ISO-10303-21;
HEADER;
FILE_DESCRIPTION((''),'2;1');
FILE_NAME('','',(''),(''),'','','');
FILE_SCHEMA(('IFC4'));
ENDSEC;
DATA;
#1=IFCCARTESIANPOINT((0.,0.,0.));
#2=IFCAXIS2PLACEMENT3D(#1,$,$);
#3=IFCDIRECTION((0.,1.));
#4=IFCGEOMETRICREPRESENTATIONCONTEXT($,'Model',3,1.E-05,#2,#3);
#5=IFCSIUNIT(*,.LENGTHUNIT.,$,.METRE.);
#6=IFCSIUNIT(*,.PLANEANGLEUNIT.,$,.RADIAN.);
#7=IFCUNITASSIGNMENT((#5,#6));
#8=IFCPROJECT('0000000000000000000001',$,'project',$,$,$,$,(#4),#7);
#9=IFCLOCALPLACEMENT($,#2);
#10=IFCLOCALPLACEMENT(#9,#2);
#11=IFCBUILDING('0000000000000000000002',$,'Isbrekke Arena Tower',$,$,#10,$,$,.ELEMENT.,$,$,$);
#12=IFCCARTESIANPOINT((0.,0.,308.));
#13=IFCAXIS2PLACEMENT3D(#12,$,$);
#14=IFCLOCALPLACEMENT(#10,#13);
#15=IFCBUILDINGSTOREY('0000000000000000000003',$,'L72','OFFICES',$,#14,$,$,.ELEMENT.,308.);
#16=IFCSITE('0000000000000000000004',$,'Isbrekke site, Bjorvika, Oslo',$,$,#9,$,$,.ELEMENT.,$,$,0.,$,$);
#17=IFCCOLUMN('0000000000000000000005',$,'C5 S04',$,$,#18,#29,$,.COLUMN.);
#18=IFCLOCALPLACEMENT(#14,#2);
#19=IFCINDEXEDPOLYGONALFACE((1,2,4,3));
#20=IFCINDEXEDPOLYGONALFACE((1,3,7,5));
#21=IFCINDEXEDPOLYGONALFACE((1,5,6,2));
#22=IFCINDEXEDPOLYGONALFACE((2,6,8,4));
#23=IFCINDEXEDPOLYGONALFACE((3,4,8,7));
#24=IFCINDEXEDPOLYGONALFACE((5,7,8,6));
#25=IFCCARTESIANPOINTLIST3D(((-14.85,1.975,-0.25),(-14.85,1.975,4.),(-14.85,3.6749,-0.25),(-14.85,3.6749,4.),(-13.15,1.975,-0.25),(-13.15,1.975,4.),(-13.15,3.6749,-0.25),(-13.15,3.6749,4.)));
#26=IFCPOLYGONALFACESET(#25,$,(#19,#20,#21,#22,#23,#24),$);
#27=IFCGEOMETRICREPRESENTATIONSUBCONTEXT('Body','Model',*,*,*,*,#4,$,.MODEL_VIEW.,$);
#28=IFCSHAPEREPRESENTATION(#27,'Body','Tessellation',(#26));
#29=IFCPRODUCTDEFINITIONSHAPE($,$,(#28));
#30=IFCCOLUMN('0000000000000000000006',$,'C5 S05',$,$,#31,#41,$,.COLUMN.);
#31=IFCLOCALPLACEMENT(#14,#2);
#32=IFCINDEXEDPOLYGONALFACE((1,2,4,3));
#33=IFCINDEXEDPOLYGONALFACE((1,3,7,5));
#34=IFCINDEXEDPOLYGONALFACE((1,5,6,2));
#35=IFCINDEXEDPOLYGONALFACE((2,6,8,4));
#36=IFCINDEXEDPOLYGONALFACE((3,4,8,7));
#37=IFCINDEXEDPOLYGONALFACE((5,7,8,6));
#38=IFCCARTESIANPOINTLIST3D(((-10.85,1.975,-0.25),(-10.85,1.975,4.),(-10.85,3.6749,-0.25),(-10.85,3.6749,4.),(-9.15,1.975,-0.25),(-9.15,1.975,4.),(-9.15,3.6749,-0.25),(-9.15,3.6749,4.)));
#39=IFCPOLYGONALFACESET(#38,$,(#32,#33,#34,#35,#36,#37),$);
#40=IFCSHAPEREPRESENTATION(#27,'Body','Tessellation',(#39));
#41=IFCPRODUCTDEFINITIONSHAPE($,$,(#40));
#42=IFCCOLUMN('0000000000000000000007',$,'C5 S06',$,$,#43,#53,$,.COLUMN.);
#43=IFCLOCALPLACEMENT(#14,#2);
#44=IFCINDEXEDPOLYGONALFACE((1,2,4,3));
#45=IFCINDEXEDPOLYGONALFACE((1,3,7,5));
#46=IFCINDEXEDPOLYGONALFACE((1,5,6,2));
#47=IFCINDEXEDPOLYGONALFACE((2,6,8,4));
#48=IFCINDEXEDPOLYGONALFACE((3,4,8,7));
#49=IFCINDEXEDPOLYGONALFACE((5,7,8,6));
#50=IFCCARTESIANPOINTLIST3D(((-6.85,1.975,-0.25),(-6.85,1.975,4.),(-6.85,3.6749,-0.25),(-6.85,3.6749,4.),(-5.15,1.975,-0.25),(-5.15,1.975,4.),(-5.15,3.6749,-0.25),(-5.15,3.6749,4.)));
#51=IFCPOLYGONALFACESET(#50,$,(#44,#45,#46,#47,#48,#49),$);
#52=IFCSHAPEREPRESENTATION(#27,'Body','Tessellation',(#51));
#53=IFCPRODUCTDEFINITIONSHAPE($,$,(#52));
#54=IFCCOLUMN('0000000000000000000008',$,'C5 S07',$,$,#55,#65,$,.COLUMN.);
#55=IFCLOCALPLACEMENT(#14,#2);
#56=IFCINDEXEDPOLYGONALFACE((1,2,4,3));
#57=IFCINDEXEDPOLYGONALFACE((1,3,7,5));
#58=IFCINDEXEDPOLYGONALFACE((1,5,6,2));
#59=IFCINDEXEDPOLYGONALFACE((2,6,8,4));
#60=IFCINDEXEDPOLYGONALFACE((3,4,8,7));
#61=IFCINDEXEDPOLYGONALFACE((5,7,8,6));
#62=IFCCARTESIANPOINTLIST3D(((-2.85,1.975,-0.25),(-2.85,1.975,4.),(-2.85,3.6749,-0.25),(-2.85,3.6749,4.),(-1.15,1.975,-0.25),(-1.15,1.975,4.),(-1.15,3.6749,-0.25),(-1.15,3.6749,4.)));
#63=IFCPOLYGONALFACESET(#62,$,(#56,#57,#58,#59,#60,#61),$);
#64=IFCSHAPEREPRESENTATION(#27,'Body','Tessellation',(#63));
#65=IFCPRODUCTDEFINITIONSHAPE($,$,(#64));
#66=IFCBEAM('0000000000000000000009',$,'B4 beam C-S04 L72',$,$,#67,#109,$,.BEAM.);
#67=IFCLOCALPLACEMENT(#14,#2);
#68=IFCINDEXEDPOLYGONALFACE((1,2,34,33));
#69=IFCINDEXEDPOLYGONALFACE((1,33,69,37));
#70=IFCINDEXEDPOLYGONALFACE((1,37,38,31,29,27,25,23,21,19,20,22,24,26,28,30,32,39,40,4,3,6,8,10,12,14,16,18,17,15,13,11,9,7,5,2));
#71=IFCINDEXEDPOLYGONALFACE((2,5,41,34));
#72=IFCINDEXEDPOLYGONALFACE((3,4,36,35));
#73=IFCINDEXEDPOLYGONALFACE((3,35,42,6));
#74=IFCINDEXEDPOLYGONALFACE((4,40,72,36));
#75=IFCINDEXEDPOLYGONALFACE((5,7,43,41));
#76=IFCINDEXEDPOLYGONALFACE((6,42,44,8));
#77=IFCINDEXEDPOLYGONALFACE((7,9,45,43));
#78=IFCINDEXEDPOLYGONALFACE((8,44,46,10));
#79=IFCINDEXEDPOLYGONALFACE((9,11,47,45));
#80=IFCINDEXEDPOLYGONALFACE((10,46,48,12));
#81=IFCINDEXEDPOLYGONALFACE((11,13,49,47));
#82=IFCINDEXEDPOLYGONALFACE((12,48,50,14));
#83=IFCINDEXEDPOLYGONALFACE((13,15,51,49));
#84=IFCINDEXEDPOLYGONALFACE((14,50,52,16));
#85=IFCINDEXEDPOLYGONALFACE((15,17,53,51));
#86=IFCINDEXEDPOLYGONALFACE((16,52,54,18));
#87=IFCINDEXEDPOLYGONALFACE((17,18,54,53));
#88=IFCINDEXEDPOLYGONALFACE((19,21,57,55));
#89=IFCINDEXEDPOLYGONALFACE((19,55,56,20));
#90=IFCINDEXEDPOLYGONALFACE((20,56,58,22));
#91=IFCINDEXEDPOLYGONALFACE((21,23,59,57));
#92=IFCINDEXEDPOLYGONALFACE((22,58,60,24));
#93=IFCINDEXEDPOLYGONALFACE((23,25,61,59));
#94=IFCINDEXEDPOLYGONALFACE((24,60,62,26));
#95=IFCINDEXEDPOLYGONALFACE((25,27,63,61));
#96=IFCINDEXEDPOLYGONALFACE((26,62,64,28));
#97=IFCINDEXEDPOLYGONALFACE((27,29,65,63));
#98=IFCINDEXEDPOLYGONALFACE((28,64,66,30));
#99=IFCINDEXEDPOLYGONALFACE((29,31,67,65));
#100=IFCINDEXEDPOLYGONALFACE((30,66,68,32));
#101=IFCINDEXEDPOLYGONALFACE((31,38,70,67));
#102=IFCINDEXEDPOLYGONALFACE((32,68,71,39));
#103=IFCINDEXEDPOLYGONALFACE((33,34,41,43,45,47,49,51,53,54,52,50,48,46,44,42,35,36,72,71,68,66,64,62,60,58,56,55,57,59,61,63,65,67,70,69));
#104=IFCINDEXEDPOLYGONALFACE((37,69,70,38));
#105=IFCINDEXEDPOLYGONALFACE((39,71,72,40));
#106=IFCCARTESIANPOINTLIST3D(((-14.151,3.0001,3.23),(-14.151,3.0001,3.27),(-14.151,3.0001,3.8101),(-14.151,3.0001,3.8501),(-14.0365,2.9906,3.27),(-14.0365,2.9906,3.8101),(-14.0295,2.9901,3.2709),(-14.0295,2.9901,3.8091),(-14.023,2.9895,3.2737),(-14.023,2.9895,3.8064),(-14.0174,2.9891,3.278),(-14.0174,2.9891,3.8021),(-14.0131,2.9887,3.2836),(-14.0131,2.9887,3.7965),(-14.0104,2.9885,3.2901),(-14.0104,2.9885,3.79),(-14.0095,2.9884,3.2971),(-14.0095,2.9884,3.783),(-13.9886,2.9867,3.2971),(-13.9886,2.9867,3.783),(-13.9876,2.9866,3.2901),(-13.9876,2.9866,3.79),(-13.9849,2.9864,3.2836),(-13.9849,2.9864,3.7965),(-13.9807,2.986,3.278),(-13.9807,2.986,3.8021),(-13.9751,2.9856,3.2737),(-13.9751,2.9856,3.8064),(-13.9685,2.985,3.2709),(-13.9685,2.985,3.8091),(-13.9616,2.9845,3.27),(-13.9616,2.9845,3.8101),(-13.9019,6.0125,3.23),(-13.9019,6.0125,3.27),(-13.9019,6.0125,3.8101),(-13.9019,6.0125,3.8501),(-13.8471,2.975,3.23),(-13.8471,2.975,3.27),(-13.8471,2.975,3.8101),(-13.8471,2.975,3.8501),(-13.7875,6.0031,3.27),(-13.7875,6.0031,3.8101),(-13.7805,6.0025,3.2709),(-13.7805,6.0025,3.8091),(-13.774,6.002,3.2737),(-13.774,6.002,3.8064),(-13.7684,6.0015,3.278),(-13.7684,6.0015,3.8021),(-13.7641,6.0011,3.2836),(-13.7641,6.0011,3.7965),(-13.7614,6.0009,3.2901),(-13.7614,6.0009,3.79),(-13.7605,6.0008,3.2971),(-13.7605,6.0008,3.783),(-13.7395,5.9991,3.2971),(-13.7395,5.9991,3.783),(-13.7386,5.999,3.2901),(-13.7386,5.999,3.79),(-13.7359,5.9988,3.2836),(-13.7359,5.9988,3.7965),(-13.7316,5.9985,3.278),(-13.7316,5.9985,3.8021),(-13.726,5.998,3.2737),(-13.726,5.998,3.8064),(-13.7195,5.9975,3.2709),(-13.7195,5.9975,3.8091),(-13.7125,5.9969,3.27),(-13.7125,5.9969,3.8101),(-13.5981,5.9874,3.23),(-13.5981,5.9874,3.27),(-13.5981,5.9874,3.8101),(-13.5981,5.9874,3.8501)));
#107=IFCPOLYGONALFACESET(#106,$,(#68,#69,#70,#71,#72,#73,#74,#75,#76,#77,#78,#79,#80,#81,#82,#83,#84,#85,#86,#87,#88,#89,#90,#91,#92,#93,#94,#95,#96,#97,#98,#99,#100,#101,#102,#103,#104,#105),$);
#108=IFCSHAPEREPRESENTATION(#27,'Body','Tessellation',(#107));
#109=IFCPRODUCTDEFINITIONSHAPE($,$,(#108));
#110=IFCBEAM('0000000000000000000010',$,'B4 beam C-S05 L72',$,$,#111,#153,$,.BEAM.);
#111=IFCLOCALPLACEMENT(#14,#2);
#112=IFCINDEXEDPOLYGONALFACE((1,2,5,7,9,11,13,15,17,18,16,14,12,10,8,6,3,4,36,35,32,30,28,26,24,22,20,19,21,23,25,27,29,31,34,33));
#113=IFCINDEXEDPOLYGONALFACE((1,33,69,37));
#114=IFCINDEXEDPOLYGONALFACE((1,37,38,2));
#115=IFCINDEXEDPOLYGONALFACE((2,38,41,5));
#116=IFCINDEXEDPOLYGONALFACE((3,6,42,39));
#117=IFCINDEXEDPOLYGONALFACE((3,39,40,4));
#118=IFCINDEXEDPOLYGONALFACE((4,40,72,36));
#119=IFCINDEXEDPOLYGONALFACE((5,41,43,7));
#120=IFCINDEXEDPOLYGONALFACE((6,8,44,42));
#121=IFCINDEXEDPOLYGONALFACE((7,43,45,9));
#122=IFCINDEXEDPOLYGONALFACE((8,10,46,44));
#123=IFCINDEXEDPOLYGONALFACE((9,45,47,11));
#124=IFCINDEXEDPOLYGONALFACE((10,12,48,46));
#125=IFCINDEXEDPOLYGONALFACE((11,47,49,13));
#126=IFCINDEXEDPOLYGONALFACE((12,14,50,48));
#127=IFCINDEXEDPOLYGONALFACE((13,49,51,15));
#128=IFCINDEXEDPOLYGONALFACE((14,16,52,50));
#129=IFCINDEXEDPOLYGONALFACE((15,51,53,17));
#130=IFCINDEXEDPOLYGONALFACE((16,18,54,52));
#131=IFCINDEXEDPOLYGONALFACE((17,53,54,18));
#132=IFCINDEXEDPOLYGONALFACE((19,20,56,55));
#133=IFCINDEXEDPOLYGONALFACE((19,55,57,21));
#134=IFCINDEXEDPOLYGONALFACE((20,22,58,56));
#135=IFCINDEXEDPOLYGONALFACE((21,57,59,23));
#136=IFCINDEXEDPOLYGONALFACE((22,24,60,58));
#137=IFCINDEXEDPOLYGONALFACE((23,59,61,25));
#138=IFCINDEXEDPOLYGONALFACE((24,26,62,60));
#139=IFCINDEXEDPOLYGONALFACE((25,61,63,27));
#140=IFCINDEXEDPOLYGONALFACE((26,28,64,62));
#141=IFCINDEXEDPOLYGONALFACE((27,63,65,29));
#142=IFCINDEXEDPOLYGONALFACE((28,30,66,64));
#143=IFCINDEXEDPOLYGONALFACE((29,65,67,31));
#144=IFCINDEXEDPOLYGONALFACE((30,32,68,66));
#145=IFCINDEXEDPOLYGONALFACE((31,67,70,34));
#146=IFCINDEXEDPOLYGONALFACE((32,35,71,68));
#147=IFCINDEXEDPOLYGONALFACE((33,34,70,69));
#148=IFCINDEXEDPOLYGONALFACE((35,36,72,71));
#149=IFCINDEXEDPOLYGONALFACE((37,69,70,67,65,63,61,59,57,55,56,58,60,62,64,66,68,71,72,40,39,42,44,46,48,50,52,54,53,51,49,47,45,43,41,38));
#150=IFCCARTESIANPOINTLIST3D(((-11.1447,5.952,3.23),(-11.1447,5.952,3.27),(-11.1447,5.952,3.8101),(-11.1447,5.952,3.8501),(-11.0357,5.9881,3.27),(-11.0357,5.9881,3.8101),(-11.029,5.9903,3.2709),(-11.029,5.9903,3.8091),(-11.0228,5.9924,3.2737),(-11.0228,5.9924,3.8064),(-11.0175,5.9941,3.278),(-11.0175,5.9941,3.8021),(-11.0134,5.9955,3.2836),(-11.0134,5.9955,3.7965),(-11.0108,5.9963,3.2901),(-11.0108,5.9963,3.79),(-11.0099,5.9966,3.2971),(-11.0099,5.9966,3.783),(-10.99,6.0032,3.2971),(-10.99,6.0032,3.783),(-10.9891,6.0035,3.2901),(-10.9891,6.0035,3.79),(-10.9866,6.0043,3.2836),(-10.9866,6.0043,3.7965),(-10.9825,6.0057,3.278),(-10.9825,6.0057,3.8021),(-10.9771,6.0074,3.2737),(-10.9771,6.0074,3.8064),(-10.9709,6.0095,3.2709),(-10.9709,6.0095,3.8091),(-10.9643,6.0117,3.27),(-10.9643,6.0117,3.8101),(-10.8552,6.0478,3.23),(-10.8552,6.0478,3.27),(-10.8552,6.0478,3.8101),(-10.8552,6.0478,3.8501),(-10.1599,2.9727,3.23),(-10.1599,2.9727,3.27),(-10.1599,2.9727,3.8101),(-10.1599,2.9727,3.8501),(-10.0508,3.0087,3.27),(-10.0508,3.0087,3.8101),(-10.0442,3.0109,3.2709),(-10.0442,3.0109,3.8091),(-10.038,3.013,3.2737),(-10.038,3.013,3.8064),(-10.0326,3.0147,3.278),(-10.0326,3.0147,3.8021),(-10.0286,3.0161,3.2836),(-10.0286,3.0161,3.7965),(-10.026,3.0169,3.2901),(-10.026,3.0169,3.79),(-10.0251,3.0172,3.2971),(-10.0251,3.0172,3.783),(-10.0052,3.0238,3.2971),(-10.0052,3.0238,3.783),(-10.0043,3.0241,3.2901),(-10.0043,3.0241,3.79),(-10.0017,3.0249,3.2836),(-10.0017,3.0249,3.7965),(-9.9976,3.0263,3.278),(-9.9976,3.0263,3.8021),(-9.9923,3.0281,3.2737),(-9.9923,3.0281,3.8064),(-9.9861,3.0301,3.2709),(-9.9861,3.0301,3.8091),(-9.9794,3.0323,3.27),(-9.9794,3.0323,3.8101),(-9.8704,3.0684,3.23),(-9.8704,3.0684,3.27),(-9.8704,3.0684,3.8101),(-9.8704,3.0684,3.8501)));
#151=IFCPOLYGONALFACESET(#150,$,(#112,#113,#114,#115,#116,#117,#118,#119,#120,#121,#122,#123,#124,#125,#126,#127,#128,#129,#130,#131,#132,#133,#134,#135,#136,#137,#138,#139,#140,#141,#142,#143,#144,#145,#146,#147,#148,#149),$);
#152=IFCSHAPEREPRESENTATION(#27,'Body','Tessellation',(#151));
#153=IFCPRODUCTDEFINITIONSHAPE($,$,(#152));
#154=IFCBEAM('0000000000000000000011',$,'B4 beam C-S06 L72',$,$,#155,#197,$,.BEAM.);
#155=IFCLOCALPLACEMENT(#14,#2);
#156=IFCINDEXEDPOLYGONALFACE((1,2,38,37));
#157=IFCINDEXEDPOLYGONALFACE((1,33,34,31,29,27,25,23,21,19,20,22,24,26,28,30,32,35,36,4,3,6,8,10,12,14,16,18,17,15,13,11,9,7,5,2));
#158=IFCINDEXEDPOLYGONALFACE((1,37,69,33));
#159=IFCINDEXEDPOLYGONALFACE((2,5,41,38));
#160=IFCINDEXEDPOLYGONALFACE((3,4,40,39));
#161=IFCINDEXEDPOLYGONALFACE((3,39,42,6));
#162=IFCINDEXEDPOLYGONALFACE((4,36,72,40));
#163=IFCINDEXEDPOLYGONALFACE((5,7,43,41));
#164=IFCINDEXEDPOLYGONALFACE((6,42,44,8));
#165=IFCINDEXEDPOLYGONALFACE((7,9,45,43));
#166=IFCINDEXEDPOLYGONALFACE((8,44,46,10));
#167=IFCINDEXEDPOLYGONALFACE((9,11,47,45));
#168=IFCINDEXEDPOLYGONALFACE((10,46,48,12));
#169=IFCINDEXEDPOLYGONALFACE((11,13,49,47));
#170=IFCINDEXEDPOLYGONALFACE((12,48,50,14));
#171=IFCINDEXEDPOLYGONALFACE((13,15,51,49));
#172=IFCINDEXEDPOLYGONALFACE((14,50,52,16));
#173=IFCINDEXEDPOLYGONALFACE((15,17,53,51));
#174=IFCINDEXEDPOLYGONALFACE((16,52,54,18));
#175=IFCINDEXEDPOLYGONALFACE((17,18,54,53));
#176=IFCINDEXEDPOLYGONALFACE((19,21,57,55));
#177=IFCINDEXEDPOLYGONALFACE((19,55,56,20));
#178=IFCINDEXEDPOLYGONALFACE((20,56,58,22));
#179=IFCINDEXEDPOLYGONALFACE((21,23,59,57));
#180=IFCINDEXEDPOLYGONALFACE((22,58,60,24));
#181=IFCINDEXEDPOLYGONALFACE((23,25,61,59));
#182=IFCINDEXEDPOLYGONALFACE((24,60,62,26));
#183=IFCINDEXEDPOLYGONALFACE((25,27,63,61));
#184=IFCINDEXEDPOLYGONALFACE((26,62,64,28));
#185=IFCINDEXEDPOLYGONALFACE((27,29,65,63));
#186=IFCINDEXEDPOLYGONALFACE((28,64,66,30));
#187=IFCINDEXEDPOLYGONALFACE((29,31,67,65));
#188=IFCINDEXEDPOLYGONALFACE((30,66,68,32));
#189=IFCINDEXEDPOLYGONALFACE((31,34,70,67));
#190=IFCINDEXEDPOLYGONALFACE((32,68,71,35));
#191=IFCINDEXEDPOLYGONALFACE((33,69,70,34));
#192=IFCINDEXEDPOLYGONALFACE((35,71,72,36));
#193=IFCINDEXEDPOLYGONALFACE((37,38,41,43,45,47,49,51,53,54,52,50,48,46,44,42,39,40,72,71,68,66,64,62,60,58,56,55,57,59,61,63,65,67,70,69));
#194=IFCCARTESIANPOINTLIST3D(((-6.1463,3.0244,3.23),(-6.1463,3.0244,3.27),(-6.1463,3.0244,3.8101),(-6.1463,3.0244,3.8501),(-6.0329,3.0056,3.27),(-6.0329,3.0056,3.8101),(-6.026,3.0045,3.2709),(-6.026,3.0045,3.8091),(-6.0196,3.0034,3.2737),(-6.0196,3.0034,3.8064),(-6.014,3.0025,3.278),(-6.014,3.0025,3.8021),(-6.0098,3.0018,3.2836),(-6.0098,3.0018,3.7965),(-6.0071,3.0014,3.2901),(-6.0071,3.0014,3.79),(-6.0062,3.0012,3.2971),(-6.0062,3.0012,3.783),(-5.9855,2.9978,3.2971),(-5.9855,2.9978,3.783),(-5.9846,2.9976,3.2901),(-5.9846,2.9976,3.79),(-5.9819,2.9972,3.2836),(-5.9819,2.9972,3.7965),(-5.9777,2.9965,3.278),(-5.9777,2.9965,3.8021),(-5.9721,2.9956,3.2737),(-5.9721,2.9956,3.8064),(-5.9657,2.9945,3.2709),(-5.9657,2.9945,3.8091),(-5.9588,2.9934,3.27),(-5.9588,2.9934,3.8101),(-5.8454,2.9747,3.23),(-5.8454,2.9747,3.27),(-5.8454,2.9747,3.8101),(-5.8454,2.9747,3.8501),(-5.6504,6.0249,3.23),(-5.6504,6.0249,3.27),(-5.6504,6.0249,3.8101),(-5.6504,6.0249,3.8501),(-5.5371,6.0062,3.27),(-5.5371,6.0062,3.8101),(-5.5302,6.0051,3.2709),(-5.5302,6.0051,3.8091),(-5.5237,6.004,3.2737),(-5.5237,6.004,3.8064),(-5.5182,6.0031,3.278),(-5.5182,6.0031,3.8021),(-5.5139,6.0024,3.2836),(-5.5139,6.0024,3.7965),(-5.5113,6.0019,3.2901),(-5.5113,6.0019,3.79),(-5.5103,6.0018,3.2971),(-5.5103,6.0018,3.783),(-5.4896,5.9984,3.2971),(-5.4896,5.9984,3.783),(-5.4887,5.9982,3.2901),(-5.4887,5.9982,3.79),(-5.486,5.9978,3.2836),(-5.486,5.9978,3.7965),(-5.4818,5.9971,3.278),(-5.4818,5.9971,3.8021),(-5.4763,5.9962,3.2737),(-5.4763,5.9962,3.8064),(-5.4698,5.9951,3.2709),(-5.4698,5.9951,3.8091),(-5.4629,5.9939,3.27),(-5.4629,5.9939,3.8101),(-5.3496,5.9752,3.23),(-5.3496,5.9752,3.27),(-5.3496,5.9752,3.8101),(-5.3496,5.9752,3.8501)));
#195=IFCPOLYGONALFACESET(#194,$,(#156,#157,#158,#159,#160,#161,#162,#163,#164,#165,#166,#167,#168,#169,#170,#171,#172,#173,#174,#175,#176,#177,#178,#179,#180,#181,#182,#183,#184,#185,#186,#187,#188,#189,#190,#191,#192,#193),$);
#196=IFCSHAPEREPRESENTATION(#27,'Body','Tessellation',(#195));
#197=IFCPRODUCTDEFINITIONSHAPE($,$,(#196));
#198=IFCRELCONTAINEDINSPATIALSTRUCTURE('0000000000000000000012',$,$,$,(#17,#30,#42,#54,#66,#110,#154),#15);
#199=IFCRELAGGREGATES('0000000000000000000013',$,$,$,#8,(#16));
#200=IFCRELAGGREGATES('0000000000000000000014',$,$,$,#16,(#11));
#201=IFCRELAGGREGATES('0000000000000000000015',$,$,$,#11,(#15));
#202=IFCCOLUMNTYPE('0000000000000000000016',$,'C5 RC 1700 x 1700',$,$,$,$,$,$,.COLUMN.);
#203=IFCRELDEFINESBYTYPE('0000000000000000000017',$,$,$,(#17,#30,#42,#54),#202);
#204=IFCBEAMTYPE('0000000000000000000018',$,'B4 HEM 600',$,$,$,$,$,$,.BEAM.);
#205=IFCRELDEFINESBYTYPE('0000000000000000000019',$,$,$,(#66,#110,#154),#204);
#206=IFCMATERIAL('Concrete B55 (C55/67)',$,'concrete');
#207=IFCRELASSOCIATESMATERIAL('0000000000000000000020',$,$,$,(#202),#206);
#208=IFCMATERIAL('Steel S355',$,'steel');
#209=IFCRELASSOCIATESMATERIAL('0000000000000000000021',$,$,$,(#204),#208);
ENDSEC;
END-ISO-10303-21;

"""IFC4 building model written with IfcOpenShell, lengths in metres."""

from ifc_helpers import new_model, si_unit, direction, frame, origin, origin_2d, place, context, subcontext, project, spatial, rectangle, i_section, extrude, material, material_profile, profile_set, type_object, element, save


model = new_model("IFC4")

# Units and contexts
model_context = context("Model", 3, precision=1e-05, world=origin(), true_north=direction((0.0, 1.0)))
body_context = subcontext(model_context, "Body", "Model", "MODEL_VIEW")
ifc_project = project(units=[si_unit("LENGTHUNIT", "METRE"), si_unit("PLANEANGLEUNIT", "RADIAN")], contexts=[model_context])

# Site, building, storey
site_placement = place(None, origin())
site = spatial("IfcSite", under=ifc_project, at=site_placement, Name="Isbrekke site, Bjorvika, Oslo", CompositionType="ELEMENT", RefElevation=0.0)
building_placement = place(site_placement, origin())
building = spatial("IfcBuilding", under=site, at=building_placement, Name="Isbrekke Arena Tower", CompositionType="ELEMENT")
storey_placement = place(building_placement, frame((0.0, 0.0, 308.0)))
storey = spatial("IfcBuildingStorey", under=building, at=storey_placement, Name="L72", Description="OFFICES", CompositionType="ELEMENT", Elevation=308.0)

# Columns
ifc_material_1 = material(Name="Concrete B55 (C55/67)", Category="concrete")
ifc_material_profile_1 = material_profile(ifc_material_1, rectangle(XDim=1.7, YDim=1.7, at=origin_2d()), Name="RC 1700x1700")
ifc_profile_set_1 = profile_set([ifc_material_profile_1], Name="Concrete B55 (C55/67)")
column_type = type_object("IfcColumnType", Name="C5 RC 1700 x 1700", PredefinedType="COLUMN", material=ifc_profile_set_1)
for number, where, z_axis, x_axis, name in (
    (1, (-14.0, 2.825, -0.25), (0.0, 0.0, 1.0), (1.0, 0.0, 0.0), "C5 S04"),
    (2, (-10.0, 2.825, -0.25), (0.0, 0.0, 1.0), (1.0, 0.0, 0.0), "C5 S05"),
    (3, (-6.0, 2.825, -0.25), (0.0, 0.0, 1.0), (1.0, 0.0, 0.0), "C5 S06"),
    (4, (-2.0, 2.825, -0.25), (0.0, 0.0, 1.0), (1.0, 0.0, 0.0), "C5 S07"),
):
    element("IfcColumn", number, at=place(storey_placement, frame(where, z_axis=z_axis, x_axis=x_axis)), inside=storey, type_object=column_type, Name=name, PredefinedType="COLUMN", context=body_context, shape_type="SweptSolid", body=[
        extrude(rectangle(XDim=1.7, YDim=1.7, at=origin_2d()), origin(), (0.0, 0.0, 1.0), 4.25),
    ])

# Beams
ifc_material_2 = material(Name="Steel S355", Category="steel")
ifc_material_profile_2 = material_profile(ifc_material_2, i_section(OverallWidth=0.3049, OverallDepth=0.6201, WebThickness=0.021, FlangeThickness=0.04, FilletRadius=0.0271, at=origin_2d()), Name="HEM 600")
ifc_profile_set_2 = profile_set([ifc_material_profile_2], Name="Steel S355")
beam_type_1 = type_object("IfcBeamType", Name="B4 HEM 600", PredefinedType="BEAM", material=ifc_profile_set_2)
beam_1_placement = place(storey_placement, frame((-13.999, 2.9875, 3.54), z_axis=(0.082384, 0.996601, 0.0), x_axis=(-0.996601, 0.082384, 0.0)))
element("IfcBeam", 5, at=beam_1_placement, inside=storey, type_object=beam_type_1, Name="B4 beam C-S04 L72", PredefinedType="BEAM", context=body_context, shape_type="SweptSolid", body=[
    extrude(i_section(OverallWidth=0.3049, OverallDepth=0.6201, WebThickness=0.021, FlangeThickness=0.04, FilletRadius=0.0271, at=origin_2d()), origin(), (0.0, 0.0, 1.0), 3.0227),
])
beam_2_placement = place(storey_placement, frame((-10.0151, 3.0205, 3.54), z_axis=(-0.313846, 0.949474, 0.0), x_axis=(-0.949474, -0.313846, 0.0)))
element("IfcBeam", 6, at=beam_2_placement, inside=storey, type_object=beam_type_1, Name="B4 beam C-S05 L72", PredefinedType="BEAM", context=body_context, shape_type="SweptSolid", body=[
    extrude(i_section(OverallWidth=0.3049, OverallDepth=0.6201, WebThickness=0.021, FlangeThickness=0.04, FilletRadius=0.0271, at=origin_2d()), origin(), (0.0, 0.0, 1.0), 3.1379),
])
beam_3_placement = place(storey_placement, frame((-5.9958, 2.9995, 3.54), z_axis=(0.163045, 0.986619, 0.0), x_axis=(-0.986619, 0.163045, 0.0)))
element("IfcBeam", 7, at=beam_3_placement, inside=storey, type_object=beam_type_1, Name="B4 beam C-S06 L72", PredefinedType="BEAM", context=body_context, shape_type="SweptSolid", body=[
    extrude(i_section(OverallWidth=0.3049, OverallDepth=0.6201, WebThickness=0.021, FlangeThickness=0.04, FilletRadius=0.0271, at=origin_2d()), origin(), (0.0, 0.0, 1.0), 3.0413),
])

save(model, "model.ifc")
